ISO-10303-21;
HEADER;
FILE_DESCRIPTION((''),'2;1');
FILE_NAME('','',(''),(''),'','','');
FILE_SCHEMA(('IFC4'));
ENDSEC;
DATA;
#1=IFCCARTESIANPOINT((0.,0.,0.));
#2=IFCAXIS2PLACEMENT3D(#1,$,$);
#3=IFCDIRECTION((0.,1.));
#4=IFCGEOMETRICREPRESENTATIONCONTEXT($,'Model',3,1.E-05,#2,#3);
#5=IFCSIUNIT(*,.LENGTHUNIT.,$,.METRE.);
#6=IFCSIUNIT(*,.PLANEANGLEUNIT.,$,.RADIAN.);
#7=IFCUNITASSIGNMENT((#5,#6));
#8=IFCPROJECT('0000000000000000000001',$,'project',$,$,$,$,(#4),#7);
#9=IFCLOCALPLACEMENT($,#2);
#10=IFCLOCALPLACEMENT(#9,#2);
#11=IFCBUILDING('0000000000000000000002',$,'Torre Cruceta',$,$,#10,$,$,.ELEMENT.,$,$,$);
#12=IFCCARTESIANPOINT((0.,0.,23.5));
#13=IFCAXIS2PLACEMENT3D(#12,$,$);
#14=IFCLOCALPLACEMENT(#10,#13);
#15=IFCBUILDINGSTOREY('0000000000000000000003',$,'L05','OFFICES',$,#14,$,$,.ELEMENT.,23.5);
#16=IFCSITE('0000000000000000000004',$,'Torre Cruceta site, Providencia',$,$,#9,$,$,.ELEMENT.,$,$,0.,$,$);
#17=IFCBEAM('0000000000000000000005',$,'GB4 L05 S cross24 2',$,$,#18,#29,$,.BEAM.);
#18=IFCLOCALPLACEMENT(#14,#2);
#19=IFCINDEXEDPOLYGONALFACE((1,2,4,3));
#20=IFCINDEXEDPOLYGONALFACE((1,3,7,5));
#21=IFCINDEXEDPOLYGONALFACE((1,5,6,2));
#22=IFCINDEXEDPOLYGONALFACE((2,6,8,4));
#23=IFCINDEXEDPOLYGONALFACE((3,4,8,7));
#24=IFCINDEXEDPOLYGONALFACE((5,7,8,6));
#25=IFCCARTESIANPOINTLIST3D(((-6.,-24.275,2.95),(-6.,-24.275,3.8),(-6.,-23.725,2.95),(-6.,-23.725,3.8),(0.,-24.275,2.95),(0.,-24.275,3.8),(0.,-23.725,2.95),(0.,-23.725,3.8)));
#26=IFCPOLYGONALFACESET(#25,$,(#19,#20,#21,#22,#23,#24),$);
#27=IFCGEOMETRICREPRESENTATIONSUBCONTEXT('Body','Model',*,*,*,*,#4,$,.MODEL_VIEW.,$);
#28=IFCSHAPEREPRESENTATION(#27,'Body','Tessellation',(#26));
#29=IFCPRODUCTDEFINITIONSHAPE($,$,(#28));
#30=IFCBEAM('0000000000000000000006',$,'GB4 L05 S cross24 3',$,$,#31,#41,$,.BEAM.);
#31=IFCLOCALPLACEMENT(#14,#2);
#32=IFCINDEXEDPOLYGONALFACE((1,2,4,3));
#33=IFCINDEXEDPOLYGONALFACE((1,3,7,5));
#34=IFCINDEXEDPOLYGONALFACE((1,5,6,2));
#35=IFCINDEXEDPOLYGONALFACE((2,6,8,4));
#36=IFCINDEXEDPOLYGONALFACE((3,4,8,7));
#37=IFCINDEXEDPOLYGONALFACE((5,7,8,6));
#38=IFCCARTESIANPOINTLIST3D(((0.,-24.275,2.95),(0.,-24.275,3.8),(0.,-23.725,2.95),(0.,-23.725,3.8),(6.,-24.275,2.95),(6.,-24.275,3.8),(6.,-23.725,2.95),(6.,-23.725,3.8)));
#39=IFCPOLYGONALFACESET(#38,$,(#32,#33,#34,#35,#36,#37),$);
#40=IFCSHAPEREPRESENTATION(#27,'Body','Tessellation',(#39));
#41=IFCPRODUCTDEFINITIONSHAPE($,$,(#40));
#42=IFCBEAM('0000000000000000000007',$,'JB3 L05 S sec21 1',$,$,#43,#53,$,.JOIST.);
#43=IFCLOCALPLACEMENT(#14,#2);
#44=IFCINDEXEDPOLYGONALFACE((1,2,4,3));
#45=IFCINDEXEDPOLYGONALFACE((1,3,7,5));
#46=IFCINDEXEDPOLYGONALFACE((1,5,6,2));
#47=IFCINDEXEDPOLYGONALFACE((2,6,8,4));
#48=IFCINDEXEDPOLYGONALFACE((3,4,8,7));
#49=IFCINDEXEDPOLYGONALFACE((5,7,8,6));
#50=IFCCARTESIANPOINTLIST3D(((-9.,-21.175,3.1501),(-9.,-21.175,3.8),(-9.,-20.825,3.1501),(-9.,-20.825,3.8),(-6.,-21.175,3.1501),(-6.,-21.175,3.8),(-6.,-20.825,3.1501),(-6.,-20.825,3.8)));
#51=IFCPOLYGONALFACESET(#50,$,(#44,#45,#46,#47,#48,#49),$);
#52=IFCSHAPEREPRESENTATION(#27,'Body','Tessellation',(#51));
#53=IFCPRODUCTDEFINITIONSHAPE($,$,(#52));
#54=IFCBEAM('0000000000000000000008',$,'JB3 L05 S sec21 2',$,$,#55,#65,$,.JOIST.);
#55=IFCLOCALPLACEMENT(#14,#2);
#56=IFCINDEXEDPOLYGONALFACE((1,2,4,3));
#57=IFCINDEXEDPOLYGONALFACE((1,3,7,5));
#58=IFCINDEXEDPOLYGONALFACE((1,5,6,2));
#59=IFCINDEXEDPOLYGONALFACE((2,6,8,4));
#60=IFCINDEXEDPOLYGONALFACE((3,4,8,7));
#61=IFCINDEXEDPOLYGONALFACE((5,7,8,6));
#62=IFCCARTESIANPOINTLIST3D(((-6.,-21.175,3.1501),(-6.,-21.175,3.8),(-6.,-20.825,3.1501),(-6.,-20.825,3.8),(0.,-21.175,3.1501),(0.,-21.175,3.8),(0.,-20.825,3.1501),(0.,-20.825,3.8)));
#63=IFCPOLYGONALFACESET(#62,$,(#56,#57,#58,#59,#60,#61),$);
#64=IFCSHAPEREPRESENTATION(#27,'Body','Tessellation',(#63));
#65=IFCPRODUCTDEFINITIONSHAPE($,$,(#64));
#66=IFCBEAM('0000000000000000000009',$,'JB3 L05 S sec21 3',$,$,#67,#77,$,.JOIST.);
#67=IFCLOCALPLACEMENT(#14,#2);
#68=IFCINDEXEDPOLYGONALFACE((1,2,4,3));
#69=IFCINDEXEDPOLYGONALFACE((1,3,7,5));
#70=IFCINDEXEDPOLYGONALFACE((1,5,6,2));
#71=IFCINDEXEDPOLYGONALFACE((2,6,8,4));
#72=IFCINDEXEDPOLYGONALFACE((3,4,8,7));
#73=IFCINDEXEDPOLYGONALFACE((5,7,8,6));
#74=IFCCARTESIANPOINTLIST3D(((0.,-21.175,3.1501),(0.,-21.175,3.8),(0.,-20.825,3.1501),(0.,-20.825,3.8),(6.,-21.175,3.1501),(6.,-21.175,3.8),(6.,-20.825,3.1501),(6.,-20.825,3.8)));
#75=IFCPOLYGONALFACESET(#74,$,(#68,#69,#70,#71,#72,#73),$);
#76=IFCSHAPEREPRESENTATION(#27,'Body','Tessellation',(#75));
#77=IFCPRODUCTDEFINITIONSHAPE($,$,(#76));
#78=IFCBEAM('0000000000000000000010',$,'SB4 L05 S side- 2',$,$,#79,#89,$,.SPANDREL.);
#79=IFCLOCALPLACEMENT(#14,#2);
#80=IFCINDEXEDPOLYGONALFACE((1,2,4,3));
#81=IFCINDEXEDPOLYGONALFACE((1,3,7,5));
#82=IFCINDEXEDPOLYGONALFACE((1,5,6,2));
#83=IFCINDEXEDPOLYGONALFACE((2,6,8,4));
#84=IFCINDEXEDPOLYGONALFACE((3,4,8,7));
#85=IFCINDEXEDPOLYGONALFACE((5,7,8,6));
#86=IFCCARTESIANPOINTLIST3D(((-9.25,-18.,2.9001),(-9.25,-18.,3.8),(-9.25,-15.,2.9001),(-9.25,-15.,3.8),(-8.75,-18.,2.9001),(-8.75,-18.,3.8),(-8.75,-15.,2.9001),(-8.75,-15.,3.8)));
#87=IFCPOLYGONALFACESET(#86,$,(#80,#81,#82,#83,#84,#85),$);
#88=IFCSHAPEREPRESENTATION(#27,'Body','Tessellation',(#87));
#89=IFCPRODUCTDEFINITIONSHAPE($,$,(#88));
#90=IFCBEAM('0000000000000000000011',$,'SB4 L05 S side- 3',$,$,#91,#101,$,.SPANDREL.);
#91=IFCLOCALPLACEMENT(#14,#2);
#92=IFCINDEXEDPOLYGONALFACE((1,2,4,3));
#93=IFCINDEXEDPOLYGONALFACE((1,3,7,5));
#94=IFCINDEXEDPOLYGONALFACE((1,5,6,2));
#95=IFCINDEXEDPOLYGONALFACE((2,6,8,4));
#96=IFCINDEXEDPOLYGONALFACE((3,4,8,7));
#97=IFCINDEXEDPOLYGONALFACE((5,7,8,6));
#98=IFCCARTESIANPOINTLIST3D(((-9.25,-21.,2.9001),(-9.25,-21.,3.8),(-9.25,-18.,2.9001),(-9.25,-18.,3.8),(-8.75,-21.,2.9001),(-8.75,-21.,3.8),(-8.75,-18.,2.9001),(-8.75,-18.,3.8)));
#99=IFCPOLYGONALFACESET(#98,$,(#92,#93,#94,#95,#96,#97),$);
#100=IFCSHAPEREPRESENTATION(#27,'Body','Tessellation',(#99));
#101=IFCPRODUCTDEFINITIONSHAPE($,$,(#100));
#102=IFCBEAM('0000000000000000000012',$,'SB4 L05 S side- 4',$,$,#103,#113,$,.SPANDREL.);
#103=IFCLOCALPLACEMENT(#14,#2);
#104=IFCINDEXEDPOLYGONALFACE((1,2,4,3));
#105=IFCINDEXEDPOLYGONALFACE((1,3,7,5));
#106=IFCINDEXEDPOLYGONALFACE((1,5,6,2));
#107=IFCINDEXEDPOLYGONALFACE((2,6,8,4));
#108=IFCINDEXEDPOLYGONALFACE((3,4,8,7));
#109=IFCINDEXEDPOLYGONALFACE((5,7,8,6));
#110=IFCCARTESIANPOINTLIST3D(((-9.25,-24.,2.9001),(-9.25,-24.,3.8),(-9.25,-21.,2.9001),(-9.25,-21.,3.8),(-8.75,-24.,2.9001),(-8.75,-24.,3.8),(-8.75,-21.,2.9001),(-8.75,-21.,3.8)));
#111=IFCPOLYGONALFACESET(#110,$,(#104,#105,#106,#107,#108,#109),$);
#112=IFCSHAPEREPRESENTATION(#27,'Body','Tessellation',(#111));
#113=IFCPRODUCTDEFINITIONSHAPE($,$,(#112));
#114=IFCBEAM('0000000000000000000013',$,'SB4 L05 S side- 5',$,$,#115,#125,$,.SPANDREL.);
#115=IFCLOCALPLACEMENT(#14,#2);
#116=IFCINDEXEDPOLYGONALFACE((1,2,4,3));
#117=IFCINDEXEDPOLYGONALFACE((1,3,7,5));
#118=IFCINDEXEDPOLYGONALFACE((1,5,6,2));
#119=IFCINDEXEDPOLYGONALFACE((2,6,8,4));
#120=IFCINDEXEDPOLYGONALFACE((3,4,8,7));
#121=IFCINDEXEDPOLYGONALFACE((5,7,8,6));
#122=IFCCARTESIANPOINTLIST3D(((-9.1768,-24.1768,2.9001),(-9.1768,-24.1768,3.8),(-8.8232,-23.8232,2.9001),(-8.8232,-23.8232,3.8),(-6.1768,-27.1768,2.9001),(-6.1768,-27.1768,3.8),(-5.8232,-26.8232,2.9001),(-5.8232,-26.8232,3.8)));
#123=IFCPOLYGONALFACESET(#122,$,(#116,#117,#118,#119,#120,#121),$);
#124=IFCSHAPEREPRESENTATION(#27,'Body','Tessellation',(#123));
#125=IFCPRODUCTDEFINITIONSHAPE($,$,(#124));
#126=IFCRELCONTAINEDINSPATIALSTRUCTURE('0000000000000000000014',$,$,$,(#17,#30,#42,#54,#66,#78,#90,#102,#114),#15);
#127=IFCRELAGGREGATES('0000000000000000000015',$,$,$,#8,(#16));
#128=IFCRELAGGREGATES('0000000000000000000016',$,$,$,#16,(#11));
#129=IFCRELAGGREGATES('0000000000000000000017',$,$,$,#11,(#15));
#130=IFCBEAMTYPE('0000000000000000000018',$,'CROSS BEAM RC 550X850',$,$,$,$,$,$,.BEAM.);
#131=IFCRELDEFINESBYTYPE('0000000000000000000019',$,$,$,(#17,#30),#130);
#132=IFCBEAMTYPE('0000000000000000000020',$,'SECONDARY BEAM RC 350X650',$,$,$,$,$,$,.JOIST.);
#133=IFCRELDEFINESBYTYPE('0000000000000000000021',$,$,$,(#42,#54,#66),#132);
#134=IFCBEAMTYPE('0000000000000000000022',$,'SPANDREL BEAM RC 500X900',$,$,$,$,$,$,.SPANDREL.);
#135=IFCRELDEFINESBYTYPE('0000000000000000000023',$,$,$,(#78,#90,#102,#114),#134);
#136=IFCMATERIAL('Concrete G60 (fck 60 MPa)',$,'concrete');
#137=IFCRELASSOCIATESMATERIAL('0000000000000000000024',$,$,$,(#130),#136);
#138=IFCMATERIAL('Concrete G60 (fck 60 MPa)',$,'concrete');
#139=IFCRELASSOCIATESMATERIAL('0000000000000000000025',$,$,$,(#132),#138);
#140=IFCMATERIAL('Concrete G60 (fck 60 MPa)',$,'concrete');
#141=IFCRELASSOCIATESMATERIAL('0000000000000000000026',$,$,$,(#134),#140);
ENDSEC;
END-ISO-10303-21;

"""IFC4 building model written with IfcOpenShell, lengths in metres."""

from ifc_helpers import new_model, si_unit, direction, frame, origin, origin_2d, place, context, subcontext, project, spatial, rectangle, extrude, material, material_profile, profile_set, type_object, element, save


model = new_model("IFC4")

# Units and contexts
model_context = context("Model", 3, precision=1e-05, world=origin(), true_north=direction((0.0, 1.0)))
body_context = subcontext(model_context, "Body", "Model", "MODEL_VIEW")
ifc_project = project(units=[si_unit("LENGTHUNIT", "METRE"), si_unit("PLANEANGLEUNIT", "RADIAN")], contexts=[model_context])

# Site, building, storey
site_placement = place(None, origin())
site = spatial("IfcSite", under=ifc_project, at=site_placement, Name="Torre Cruceta site, Providencia", CompositionType="ELEMENT", RefElevation=0.0)
building_placement = place(site_placement, origin())
building = spatial("IfcBuilding", under=site, at=building_placement, Name="Torre Cruceta", CompositionType="ELEMENT")
storey_placement = place(building_placement, frame((0.0, 0.0, 23.5)))
storey = spatial("IfcBuildingStorey", under=building, at=storey_placement, Name="L05", Description="OFFICES", CompositionType="ELEMENT", Elevation=23.5)

# Beams
ifc_material_1 = material(Name="Concrete G60 (fck 60 MPa)", Category="concrete")
ifc_material_profile_1 = material_profile(ifc_material_1, rectangle(XDim=0.55, YDim=0.8501, at=origin_2d()), Name="RC 550X850")
ifc_profile_set_1 = profile_set([ifc_material_profile_1], Name="Concrete G60 (fck 60 MPa)")
beam_type_1 = type_object("IfcBeamType", Name="CROSS BEAM RC 550X850", PredefinedType="BEAM", material=ifc_profile_set_1)
for number, where, z_axis, x_axis, name in (
    (1, (-6.0, -24.0, 3.375), (1.0, 0.0, 0.0), (0.0, 1.0, 0.0), "GB4 L05 S cross24 2"),
    (2, (0.0, -24.0, 3.375), (1.0, 0.0, 0.0), (0.0, 1.0, 0.0), "GB4 L05 S cross24 3"),
):
    element("IfcBeam", number, at=place(storey_placement, frame(where, z_axis=z_axis, x_axis=x_axis)), inside=storey, type_object=beam_type_1, Name=name, PredefinedType="BEAM", context=body_context, shape_type="SweptSolid", body=[
        extrude(rectangle(XDim=0.55, YDim=0.8501, at=origin_2d()), origin(), (0.0, 0.0, 1.0), 6.0),
    ])
ifc_material_2 = material(Name="Concrete G60 (fck 60 MPa)", Category="concrete")
ifc_material_profile_2 = material_profile(ifc_material_2, rectangle(XDim=0.3501, YDim=0.6499, at=origin_2d()), Name="RC 350X650")
ifc_profile_set_2 = profile_set([ifc_material_profile_2], Name="Concrete G60 (fck 60 MPa)")
beam_type_2 = type_object("IfcBeamType", Name="SECONDARY BEAM RC 350X650", PredefinedType="JOIST", material=ifc_profile_set_2)
beam_1_placement = place(storey_placement, frame((-9.0, -21.0, 3.4751), z_axis=(1.0, 0.0, 0.0), x_axis=(0.0, 1.0, 0.0)))
element("IfcBeam", 3, at=beam_1_placement, inside=storey, type_object=beam_type_2, Name="JB3 L05 S sec21 1", PredefinedType="JOIST", context=body_context, shape_type="SweptSolid", body=[
    extrude(rectangle(XDim=0.3501, YDim=0.6499, at=origin_2d()), origin(), (0.0, 0.0, 1.0), 3.0),
])
for number, where, z_axis, x_axis, name in (
    (4, (-6.0, -21.0, 3.4751), (1.0, 0.0, 0.0), (0.0, 1.0, 0.0), "JB3 L05 S sec21 2"),
    (5, (0.0, -21.0, 3.4751), (1.0, 0.0, 0.0), (0.0, 1.0, 0.0), "JB3 L05 S sec21 3"),
):
    element("IfcBeam", number, at=place(storey_placement, frame(where, z_axis=z_axis, x_axis=x_axis)), inside=storey, type_object=beam_type_2, Name=name, PredefinedType="JOIST", context=body_context, shape_type="SweptSolid", body=[
        extrude(rectangle(XDim=0.3501, YDim=0.6499, at=origin_2d()), origin(), (0.0, 0.0, 1.0), 6.0),
    ])
ifc_material_3 = material(Name="Concrete G60 (fck 60 MPa)", Category="concrete")
ifc_material_profile_3 = material_profile(ifc_material_3, rectangle(XDim=0.5, YDim=0.8999, at=origin_2d()), Name="RC 500X900")
ifc_profile_set_3 = profile_set([ifc_material_profile_3], Name="Concrete G60 (fck 60 MPa)")
beam_type_3 = type_object("IfcBeamType", Name="SPANDREL BEAM RC 500X900", PredefinedType="SPANDREL", material=ifc_profile_set_3)
for number, where, z_axis, x_axis, name in (
    (6, (-9.0, -15.0, 3.3501), (0.0, -1.0, 0.0), (1.0, 0.0, 0.0), "SB4 L05 S side- 2"),
    (7, (-9.0, -18.0, 3.3501), (0.0, -1.0, 0.0), (1.0, 0.0, 0.0), "SB4 L05 S side- 3"),
    (8, (-9.0, -21.0, 3.3501), (0.0, -1.0, 0.0), (1.0, 0.0, 0.0), "SB4 L05 S side- 4"),
):
    element("IfcBeam", number, at=place(storey_placement, frame(where, z_axis=z_axis, x_axis=x_axis)), inside=storey, type_object=beam_type_3, Name=name, PredefinedType="SPANDREL", context=body_context, shape_type="SweptSolid", body=[
        extrude(rectangle(XDim=0.5, YDim=0.8999, at=origin_2d()), origin(), (0.0, 0.0, 1.0), 3.0),
    ])
beam_2_placement = place(storey_placement, frame((-9.0, -24.0, 3.3501), z_axis=(0.707107, -0.707107, 0.0), x_axis=(0.707107, 0.707107, 0.0)))
element("IfcBeam", 9, at=beam_2_placement, inside=storey, type_object=beam_type_3, Name="SB4 L05 S side- 5", PredefinedType="SPANDREL", context=body_context, shape_type="SweptSolid", body=[
    extrude(rectangle(XDim=0.5, YDim=0.8999, at=origin_2d()), origin(), (0.0, 0.0, 1.0), 4.2427),
])

save(model, "model.ifc")
